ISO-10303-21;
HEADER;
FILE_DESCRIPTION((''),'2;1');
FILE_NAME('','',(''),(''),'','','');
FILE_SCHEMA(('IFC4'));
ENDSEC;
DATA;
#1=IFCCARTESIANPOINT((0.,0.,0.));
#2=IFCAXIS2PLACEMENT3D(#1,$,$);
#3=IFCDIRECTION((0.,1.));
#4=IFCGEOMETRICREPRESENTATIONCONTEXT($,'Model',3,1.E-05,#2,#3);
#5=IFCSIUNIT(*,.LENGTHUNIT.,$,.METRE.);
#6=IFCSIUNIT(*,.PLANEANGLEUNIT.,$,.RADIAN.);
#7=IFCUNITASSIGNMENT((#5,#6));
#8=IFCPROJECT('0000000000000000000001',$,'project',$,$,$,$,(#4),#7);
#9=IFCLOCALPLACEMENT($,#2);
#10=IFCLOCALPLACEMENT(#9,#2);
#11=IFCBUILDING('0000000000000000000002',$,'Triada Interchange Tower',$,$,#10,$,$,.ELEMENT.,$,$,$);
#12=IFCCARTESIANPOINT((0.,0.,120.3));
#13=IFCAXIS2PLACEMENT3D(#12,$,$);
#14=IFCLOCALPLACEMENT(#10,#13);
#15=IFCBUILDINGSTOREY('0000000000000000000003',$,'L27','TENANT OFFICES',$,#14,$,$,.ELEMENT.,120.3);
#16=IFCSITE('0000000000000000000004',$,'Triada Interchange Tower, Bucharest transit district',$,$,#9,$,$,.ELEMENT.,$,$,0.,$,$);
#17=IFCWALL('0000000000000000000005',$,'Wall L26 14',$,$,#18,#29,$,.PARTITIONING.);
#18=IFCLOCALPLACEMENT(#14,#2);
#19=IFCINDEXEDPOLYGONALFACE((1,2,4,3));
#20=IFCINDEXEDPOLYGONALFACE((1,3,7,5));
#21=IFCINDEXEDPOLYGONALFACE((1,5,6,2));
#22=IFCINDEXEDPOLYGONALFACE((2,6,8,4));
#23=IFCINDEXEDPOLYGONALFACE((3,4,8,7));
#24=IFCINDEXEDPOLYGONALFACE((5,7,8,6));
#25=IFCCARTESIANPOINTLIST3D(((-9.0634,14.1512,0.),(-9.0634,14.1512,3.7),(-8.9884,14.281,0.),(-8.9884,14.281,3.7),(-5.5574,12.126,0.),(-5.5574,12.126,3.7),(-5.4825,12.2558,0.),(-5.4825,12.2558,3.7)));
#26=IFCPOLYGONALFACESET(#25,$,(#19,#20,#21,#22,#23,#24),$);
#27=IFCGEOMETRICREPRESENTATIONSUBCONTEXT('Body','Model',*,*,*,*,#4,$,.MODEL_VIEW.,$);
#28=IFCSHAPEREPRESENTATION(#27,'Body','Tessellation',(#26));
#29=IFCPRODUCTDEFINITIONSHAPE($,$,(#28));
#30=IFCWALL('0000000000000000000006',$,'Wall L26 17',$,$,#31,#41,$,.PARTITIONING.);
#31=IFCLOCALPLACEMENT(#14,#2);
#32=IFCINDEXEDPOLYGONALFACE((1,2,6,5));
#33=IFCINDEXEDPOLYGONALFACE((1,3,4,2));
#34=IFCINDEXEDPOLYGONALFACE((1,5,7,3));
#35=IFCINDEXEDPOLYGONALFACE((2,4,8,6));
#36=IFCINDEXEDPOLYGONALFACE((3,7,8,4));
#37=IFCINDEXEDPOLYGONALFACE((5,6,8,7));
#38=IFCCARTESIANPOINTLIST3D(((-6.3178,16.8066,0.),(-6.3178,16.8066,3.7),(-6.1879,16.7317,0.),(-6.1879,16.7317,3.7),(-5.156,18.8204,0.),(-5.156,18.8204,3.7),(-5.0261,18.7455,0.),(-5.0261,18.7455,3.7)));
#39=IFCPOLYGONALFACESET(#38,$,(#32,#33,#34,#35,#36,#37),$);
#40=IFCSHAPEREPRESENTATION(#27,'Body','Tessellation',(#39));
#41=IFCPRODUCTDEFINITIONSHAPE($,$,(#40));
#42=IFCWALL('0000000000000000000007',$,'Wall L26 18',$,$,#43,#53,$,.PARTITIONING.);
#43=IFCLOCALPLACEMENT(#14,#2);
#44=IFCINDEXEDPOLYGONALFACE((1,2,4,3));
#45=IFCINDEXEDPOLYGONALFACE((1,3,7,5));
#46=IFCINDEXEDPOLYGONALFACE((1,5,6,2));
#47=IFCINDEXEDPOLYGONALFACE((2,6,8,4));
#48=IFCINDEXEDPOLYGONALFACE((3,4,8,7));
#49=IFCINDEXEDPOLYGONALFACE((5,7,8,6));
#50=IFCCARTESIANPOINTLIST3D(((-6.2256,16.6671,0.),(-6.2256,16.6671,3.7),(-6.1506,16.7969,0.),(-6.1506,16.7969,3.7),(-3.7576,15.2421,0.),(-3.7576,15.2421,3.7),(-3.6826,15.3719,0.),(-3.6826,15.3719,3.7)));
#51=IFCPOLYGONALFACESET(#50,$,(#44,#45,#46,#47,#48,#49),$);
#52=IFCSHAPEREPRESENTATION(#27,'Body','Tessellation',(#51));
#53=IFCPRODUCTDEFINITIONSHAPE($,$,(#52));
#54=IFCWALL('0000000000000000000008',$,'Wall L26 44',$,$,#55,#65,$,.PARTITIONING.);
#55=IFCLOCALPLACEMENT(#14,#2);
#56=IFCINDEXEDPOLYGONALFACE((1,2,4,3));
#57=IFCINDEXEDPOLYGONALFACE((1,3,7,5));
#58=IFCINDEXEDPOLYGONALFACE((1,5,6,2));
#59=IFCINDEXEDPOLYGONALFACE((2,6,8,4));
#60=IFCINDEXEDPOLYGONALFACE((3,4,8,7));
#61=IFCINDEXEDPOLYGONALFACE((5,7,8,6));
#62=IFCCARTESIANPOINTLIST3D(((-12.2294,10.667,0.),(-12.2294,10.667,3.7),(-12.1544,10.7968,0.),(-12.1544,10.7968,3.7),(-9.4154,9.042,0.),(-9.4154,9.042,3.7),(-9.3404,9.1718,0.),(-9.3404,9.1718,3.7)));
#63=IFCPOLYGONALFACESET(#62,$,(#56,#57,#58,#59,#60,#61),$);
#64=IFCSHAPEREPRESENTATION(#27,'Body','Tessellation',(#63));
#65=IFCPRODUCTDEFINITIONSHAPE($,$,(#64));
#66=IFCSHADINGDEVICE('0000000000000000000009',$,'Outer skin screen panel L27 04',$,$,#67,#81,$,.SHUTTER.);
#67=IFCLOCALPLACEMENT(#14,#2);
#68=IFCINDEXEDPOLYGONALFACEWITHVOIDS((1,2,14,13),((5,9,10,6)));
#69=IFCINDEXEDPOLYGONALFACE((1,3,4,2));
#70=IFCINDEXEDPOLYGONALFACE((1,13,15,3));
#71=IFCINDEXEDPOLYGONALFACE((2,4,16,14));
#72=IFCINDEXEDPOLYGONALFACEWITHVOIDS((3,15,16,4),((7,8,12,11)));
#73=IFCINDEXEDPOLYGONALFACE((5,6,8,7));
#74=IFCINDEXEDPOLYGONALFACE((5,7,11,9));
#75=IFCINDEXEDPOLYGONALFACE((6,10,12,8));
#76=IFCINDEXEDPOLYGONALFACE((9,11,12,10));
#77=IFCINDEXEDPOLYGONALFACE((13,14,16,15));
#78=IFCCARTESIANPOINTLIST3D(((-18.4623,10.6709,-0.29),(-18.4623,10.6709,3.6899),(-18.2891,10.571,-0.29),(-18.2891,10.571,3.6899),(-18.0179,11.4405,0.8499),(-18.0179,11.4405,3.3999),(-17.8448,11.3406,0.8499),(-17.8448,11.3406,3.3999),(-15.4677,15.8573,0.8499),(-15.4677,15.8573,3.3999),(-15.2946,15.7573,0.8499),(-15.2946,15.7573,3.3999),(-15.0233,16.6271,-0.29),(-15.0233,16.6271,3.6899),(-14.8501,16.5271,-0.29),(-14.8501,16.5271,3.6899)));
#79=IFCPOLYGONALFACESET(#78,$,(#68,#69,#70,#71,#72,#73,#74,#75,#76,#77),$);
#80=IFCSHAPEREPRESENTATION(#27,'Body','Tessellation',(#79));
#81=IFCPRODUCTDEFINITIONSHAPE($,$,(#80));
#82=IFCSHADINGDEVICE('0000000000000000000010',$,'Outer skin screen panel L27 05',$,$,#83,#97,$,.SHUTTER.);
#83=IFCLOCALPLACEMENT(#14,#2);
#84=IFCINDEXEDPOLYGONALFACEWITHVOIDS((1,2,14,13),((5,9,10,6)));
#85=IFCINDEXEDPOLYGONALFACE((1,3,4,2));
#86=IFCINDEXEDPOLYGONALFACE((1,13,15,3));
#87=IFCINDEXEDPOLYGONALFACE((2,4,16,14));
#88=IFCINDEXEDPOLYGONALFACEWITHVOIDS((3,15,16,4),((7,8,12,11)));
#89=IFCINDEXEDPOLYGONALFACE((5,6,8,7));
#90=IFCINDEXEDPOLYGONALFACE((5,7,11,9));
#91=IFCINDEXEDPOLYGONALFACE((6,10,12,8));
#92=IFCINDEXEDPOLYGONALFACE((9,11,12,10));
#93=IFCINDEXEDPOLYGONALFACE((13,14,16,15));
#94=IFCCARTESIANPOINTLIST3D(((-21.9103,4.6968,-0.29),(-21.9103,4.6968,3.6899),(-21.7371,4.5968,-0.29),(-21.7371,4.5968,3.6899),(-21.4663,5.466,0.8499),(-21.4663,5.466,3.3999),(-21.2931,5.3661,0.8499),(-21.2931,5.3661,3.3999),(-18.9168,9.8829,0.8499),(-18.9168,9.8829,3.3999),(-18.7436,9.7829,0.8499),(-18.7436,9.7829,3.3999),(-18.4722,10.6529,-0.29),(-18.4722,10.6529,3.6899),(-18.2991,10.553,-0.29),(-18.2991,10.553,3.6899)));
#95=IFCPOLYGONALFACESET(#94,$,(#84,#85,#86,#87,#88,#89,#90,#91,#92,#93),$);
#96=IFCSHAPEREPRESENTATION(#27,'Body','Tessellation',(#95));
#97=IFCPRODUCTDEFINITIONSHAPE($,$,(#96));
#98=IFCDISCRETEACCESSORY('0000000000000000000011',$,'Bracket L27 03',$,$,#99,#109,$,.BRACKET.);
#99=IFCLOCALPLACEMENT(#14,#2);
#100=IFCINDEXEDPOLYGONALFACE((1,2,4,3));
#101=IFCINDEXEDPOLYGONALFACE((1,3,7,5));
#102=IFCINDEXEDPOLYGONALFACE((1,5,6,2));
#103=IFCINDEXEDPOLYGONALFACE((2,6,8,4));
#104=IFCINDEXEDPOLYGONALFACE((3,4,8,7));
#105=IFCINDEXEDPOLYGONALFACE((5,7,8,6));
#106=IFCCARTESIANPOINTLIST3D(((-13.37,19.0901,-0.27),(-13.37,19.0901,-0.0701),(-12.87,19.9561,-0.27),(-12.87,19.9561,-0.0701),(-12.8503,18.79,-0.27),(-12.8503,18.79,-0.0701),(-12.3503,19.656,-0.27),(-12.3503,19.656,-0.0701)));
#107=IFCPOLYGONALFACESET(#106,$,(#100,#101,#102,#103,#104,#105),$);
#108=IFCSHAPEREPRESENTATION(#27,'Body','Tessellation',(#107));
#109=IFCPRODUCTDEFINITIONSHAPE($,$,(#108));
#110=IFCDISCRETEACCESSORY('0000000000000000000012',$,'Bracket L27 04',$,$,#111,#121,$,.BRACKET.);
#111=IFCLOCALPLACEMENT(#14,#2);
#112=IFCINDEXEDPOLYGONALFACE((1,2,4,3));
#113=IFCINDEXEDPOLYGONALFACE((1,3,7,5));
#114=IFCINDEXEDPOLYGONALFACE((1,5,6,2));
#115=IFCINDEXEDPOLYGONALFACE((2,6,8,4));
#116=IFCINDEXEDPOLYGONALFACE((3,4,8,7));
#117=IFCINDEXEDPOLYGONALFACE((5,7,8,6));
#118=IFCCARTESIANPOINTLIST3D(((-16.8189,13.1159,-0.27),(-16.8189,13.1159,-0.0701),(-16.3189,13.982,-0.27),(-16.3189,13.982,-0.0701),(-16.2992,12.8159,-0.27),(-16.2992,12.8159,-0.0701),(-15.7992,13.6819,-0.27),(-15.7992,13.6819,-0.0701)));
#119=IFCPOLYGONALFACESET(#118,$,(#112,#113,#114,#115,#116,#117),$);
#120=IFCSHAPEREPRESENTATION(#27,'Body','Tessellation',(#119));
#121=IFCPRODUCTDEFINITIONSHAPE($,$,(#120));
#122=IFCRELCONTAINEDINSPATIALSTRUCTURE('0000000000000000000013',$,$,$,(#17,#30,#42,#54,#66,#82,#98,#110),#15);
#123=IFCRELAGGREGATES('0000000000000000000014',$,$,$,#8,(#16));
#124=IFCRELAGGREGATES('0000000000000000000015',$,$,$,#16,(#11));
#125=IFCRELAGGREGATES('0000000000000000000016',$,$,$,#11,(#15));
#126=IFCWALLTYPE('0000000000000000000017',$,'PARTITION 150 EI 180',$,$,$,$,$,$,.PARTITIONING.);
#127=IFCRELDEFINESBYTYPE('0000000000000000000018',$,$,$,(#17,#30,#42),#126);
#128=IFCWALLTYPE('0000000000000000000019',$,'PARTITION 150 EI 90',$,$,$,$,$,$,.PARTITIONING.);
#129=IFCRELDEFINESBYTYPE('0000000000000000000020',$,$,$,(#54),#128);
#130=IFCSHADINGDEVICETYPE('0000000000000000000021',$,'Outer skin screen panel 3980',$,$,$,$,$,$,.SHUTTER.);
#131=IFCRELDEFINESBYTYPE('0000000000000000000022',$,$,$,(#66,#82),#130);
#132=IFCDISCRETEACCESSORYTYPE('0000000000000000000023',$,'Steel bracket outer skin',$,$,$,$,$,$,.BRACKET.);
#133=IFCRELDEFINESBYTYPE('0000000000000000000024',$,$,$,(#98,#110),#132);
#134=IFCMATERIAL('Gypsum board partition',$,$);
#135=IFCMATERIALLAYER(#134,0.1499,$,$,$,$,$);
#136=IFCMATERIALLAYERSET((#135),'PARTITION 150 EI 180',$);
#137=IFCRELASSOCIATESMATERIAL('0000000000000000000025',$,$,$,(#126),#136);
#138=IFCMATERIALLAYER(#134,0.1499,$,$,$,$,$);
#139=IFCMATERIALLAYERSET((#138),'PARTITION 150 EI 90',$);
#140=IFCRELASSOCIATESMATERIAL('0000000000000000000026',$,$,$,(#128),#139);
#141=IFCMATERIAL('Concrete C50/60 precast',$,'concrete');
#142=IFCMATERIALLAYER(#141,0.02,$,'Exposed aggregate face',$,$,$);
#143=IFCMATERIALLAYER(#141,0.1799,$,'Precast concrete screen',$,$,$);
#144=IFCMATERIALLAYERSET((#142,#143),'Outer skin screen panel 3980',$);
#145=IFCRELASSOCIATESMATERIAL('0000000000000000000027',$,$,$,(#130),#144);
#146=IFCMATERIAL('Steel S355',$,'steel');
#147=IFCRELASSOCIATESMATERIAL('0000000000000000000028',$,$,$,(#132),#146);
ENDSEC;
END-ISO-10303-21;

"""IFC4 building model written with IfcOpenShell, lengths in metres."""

from ifc_helpers import new_model, si_unit, direction, frame, frame_2d, origin, origin_2d, place, context, subcontext, project, spatial, polyline, rectangle, outline, extrude, material, layer, layer_set, type_object, element, save


model = new_model("IFC4")

# Units and contexts
model_context = context("Model", 3, precision=1e-05, world=origin(), true_north=direction((0.0, 1.0)))
body_context = subcontext(model_context, "Body", "Model", "MODEL_VIEW")
ifc_project = project(units=[si_unit("LENGTHUNIT", "METRE"), si_unit("PLANEANGLEUNIT", "RADIAN")], contexts=[model_context])

# Site, building, storey
site_placement = place(None, origin())
site = spatial("IfcSite", under=ifc_project, at=site_placement, Name="Triada Interchange Tower, Bucharest transit district", CompositionType="ELEMENT", RefElevation=0.0)
building_placement = place(site_placement, origin())
building = spatial("IfcBuilding", under=site, at=building_placement, Name="Triada Interchange Tower", CompositionType="ELEMENT")
storey_placement = place(building_placement, frame((0.0, 0.0, 120.3)))
storey = spatial("IfcBuildingStorey", under=building, at=storey_placement, Name="L27", Description="TENANT OFFICES", CompositionType="ELEMENT", Elevation=120.3)

# Shared definitions
ifc_material_1 = material(Name="Gypsum board partition")
ifc_layer_1 = layer(ifc_material_1, 0.1499)
ifc_layer_set_1 = layer_set([ifc_layer_1], Name="PARTITION 150 EI 180")
wall_type_1 = type_object("IfcWallType", Name="PARTITION 150 EI 180", PredefinedType="PARTITIONING", material=ifc_layer_set_1)

# Walls
wall_1_placement = place(storey_placement, frame((-9.0259, 14.2161, 0.0), z_axis=(0.0, 0.0, 1.0), x_axis=(0.865914, -0.500192, 0.0)))
element("IfcWall", 1, at=wall_1_placement, inside=storey, type_object=wall_type_1, Name="Wall L26 14", PredefinedType="PARTITIONING", context=body_context, shape_type="SweptSolid", body=[
    extrude(rectangle(XDim=4.0488, YDim=0.1499, at=frame_2d((2.0244, 0.0))), origin(), (0.0, 0.0, 1.0), 3.7),
])
wall_2_placement = place(storey_placement, frame((-6.2529, 16.769, 0.0), z_axis=(0.0, 0.0, 1.0), x_axis=(0.499719, 0.866187, 0.0)))
element("IfcWall", 2, at=wall_2_placement, inside=storey, type_object=wall_type_1, Name="Wall L26 17", PredefinedType="PARTITIONING", context=body_context, shape_type="SweptSolid", body=[
    extrude(rectangle(XDim=2.325, YDim=0.1499, at=frame_2d((1.1626, 0.0))), origin(), (0.0, 0.0, 1.0), 3.7),
])
wall_3_placement = place(storey_placement, frame((-6.188, 16.7319, 0.0), z_axis=(0.0, 0.0, 1.0), x_axis=(0.866004, -0.500036, 0.0)))
element("IfcWall", 3, at=wall_3_placement, inside=storey, type_object=wall_type_1, Name="Wall L26 18", PredefinedType="PARTITIONING", context=body_context, shape_type="SweptSolid", body=[
    extrude(rectangle(XDim=2.8499, YDim=0.1499, at=frame_2d((1.4248, 0.0))), origin(), (0.0, 0.0, 1.0), 3.7),
])
ifc_layer_2 = layer(ifc_material_1, 0.1499)
ifc_layer_set_2 = layer_set([ifc_layer_2], Name="PARTITION 150 EI 90")
wall_type_2 = type_object("IfcWallType", Name="PARTITION 150 EI 90", PredefinedType="PARTITIONING", material=ifc_layer_set_2)
wall_4_placement = place(storey_placement, frame((-12.1919, 10.7319, 0.0), z_axis=(0.0, 0.0, 1.0), x_axis=(0.865978, -0.500082, 0.0)))
element("IfcWall", 4, at=wall_4_placement, inside=storey, type_object=wall_type_2, Name="Wall L26 44", PredefinedType="PARTITIONING", context=body_context, shape_type="SweptSolid", body=[
    extrude(rectangle(XDim=3.2495, YDim=0.1499, at=frame_2d((1.6248, 0.0))), origin(), (0.0, 0.0, 1.0), 3.7),
])

# Shading devices
ifc_material_2 = material(Name="Concrete C50/60 precast", Category="concrete")
ifc_layer_3 = layer(ifc_material_2, 0.02, Name="Exposed aggregate face")
ifc_layer_4 = layer(ifc_material_2, 0.1799, Name="Precast concrete screen")
ifc_layer_set_3 = layer_set([ifc_layer_3, ifc_layer_4], Name="Outer skin screen panel 3980")
shading_device_type = type_object("IfcShadingDeviceType", Name="Outer skin screen panel 3980", PredefinedType="SHUTTER", material=ifc_layer_set_3)
shading_device_1_placement = place(storey_placement, frame((-14.8501, 16.5271, -0.29), z_axis=(0.0, 0.0, 1.0), x_axis=(-0.500026, -0.866011, 0.0)))
element("IfcShadingDevice", 5, at=shading_device_1_placement, inside=storey, type_object=shading_device_type, Name="Outer skin screen panel L27 04", PredefinedType="SHUTTER", context=body_context, shape_type="SweptSolid", body=[
    extrude(outline(polyline([(0.0, 0.0), (6.8777, 0.0), (6.8777, 3.98), (0.0, 3.98), (0.0, 0.0)]), holes=[polyline([(0.8889, 1.1399), (0.8889, 3.6899), (5.989, 3.6899), (5.989, 1.1399), (0.8889, 1.1399)])]), frame((0.0, 0.0, 0.0), z_axis=(0.0, -1.0, 0.0), x_axis=(1.0, 0.0, 0.0)), (0.0, 0.0, 1.0), 0.2),
])
shading_device_2_placement = place(storey_placement, frame((-18.2991, 10.553, -0.29), z_axis=(0.0, 0.0, 1.0), x_axis=(-0.499919, -0.866072, 0.0)))
element("IfcShadingDevice", 6, at=shading_device_2_placement, inside=storey, type_object=shading_device_type, Name="Outer skin screen panel L27 05", PredefinedType="SHUTTER", context=body_context, shape_type="SweptSolid", body=[
    extrude(outline(polyline([(0.0, 0.0), (6.8772, 0.0), (6.8772, 3.98), (0.0, 3.98), (0.0, 0.0)]), holes=[polyline([(0.8892, 1.1399), (0.8892, 3.6899), (5.989, 3.6899), (5.989, 1.1399), (0.8892, 1.1399)])]), frame((0.0, 0.0, 0.0), z_axis=(0.0, -1.0, 0.0), x_axis=(1.0, 0.0, 0.0)), (0.0, 0.0, 1.0), 0.2),
])

# Discrete accessories
ifc_material_3 = material(Name="Steel S355", Category="steel")
discrete_accessory_type = type_object("IfcDiscreteAccessoryType", Name="Steel bracket outer skin", PredefinedType="BRACKET", material=ifc_material_3)
for number, where, z_axis, x_axis, name in (
    (7, (-12.8601, 19.373, -0.27), (0.0, 0.0, 1.0), (-0.866028, 0.499995, 0.0), "Bracket L27 03"),
    (8, (-16.3091, 13.3989, -0.27), (0.0, 0.0, 1.0), (-0.866028, 0.499995, 0.0), "Bracket L27 04"),
):
    element("IfcDiscreteAccessory", number, at=place(storey_placement, frame(where, z_axis=z_axis, x_axis=x_axis)), inside=storey, type_object=discrete_accessory_type, Name=name, PredefinedType="BRACKET", context=body_context, shape_type="SweptSolid", body=[
        extrude(rectangle(XDim=0.6001, YDim=1.0, at=origin_2d()), origin(), (0.0, 0.0, 1.0), 0.2),
    ])

save(model, "model.ifc")
